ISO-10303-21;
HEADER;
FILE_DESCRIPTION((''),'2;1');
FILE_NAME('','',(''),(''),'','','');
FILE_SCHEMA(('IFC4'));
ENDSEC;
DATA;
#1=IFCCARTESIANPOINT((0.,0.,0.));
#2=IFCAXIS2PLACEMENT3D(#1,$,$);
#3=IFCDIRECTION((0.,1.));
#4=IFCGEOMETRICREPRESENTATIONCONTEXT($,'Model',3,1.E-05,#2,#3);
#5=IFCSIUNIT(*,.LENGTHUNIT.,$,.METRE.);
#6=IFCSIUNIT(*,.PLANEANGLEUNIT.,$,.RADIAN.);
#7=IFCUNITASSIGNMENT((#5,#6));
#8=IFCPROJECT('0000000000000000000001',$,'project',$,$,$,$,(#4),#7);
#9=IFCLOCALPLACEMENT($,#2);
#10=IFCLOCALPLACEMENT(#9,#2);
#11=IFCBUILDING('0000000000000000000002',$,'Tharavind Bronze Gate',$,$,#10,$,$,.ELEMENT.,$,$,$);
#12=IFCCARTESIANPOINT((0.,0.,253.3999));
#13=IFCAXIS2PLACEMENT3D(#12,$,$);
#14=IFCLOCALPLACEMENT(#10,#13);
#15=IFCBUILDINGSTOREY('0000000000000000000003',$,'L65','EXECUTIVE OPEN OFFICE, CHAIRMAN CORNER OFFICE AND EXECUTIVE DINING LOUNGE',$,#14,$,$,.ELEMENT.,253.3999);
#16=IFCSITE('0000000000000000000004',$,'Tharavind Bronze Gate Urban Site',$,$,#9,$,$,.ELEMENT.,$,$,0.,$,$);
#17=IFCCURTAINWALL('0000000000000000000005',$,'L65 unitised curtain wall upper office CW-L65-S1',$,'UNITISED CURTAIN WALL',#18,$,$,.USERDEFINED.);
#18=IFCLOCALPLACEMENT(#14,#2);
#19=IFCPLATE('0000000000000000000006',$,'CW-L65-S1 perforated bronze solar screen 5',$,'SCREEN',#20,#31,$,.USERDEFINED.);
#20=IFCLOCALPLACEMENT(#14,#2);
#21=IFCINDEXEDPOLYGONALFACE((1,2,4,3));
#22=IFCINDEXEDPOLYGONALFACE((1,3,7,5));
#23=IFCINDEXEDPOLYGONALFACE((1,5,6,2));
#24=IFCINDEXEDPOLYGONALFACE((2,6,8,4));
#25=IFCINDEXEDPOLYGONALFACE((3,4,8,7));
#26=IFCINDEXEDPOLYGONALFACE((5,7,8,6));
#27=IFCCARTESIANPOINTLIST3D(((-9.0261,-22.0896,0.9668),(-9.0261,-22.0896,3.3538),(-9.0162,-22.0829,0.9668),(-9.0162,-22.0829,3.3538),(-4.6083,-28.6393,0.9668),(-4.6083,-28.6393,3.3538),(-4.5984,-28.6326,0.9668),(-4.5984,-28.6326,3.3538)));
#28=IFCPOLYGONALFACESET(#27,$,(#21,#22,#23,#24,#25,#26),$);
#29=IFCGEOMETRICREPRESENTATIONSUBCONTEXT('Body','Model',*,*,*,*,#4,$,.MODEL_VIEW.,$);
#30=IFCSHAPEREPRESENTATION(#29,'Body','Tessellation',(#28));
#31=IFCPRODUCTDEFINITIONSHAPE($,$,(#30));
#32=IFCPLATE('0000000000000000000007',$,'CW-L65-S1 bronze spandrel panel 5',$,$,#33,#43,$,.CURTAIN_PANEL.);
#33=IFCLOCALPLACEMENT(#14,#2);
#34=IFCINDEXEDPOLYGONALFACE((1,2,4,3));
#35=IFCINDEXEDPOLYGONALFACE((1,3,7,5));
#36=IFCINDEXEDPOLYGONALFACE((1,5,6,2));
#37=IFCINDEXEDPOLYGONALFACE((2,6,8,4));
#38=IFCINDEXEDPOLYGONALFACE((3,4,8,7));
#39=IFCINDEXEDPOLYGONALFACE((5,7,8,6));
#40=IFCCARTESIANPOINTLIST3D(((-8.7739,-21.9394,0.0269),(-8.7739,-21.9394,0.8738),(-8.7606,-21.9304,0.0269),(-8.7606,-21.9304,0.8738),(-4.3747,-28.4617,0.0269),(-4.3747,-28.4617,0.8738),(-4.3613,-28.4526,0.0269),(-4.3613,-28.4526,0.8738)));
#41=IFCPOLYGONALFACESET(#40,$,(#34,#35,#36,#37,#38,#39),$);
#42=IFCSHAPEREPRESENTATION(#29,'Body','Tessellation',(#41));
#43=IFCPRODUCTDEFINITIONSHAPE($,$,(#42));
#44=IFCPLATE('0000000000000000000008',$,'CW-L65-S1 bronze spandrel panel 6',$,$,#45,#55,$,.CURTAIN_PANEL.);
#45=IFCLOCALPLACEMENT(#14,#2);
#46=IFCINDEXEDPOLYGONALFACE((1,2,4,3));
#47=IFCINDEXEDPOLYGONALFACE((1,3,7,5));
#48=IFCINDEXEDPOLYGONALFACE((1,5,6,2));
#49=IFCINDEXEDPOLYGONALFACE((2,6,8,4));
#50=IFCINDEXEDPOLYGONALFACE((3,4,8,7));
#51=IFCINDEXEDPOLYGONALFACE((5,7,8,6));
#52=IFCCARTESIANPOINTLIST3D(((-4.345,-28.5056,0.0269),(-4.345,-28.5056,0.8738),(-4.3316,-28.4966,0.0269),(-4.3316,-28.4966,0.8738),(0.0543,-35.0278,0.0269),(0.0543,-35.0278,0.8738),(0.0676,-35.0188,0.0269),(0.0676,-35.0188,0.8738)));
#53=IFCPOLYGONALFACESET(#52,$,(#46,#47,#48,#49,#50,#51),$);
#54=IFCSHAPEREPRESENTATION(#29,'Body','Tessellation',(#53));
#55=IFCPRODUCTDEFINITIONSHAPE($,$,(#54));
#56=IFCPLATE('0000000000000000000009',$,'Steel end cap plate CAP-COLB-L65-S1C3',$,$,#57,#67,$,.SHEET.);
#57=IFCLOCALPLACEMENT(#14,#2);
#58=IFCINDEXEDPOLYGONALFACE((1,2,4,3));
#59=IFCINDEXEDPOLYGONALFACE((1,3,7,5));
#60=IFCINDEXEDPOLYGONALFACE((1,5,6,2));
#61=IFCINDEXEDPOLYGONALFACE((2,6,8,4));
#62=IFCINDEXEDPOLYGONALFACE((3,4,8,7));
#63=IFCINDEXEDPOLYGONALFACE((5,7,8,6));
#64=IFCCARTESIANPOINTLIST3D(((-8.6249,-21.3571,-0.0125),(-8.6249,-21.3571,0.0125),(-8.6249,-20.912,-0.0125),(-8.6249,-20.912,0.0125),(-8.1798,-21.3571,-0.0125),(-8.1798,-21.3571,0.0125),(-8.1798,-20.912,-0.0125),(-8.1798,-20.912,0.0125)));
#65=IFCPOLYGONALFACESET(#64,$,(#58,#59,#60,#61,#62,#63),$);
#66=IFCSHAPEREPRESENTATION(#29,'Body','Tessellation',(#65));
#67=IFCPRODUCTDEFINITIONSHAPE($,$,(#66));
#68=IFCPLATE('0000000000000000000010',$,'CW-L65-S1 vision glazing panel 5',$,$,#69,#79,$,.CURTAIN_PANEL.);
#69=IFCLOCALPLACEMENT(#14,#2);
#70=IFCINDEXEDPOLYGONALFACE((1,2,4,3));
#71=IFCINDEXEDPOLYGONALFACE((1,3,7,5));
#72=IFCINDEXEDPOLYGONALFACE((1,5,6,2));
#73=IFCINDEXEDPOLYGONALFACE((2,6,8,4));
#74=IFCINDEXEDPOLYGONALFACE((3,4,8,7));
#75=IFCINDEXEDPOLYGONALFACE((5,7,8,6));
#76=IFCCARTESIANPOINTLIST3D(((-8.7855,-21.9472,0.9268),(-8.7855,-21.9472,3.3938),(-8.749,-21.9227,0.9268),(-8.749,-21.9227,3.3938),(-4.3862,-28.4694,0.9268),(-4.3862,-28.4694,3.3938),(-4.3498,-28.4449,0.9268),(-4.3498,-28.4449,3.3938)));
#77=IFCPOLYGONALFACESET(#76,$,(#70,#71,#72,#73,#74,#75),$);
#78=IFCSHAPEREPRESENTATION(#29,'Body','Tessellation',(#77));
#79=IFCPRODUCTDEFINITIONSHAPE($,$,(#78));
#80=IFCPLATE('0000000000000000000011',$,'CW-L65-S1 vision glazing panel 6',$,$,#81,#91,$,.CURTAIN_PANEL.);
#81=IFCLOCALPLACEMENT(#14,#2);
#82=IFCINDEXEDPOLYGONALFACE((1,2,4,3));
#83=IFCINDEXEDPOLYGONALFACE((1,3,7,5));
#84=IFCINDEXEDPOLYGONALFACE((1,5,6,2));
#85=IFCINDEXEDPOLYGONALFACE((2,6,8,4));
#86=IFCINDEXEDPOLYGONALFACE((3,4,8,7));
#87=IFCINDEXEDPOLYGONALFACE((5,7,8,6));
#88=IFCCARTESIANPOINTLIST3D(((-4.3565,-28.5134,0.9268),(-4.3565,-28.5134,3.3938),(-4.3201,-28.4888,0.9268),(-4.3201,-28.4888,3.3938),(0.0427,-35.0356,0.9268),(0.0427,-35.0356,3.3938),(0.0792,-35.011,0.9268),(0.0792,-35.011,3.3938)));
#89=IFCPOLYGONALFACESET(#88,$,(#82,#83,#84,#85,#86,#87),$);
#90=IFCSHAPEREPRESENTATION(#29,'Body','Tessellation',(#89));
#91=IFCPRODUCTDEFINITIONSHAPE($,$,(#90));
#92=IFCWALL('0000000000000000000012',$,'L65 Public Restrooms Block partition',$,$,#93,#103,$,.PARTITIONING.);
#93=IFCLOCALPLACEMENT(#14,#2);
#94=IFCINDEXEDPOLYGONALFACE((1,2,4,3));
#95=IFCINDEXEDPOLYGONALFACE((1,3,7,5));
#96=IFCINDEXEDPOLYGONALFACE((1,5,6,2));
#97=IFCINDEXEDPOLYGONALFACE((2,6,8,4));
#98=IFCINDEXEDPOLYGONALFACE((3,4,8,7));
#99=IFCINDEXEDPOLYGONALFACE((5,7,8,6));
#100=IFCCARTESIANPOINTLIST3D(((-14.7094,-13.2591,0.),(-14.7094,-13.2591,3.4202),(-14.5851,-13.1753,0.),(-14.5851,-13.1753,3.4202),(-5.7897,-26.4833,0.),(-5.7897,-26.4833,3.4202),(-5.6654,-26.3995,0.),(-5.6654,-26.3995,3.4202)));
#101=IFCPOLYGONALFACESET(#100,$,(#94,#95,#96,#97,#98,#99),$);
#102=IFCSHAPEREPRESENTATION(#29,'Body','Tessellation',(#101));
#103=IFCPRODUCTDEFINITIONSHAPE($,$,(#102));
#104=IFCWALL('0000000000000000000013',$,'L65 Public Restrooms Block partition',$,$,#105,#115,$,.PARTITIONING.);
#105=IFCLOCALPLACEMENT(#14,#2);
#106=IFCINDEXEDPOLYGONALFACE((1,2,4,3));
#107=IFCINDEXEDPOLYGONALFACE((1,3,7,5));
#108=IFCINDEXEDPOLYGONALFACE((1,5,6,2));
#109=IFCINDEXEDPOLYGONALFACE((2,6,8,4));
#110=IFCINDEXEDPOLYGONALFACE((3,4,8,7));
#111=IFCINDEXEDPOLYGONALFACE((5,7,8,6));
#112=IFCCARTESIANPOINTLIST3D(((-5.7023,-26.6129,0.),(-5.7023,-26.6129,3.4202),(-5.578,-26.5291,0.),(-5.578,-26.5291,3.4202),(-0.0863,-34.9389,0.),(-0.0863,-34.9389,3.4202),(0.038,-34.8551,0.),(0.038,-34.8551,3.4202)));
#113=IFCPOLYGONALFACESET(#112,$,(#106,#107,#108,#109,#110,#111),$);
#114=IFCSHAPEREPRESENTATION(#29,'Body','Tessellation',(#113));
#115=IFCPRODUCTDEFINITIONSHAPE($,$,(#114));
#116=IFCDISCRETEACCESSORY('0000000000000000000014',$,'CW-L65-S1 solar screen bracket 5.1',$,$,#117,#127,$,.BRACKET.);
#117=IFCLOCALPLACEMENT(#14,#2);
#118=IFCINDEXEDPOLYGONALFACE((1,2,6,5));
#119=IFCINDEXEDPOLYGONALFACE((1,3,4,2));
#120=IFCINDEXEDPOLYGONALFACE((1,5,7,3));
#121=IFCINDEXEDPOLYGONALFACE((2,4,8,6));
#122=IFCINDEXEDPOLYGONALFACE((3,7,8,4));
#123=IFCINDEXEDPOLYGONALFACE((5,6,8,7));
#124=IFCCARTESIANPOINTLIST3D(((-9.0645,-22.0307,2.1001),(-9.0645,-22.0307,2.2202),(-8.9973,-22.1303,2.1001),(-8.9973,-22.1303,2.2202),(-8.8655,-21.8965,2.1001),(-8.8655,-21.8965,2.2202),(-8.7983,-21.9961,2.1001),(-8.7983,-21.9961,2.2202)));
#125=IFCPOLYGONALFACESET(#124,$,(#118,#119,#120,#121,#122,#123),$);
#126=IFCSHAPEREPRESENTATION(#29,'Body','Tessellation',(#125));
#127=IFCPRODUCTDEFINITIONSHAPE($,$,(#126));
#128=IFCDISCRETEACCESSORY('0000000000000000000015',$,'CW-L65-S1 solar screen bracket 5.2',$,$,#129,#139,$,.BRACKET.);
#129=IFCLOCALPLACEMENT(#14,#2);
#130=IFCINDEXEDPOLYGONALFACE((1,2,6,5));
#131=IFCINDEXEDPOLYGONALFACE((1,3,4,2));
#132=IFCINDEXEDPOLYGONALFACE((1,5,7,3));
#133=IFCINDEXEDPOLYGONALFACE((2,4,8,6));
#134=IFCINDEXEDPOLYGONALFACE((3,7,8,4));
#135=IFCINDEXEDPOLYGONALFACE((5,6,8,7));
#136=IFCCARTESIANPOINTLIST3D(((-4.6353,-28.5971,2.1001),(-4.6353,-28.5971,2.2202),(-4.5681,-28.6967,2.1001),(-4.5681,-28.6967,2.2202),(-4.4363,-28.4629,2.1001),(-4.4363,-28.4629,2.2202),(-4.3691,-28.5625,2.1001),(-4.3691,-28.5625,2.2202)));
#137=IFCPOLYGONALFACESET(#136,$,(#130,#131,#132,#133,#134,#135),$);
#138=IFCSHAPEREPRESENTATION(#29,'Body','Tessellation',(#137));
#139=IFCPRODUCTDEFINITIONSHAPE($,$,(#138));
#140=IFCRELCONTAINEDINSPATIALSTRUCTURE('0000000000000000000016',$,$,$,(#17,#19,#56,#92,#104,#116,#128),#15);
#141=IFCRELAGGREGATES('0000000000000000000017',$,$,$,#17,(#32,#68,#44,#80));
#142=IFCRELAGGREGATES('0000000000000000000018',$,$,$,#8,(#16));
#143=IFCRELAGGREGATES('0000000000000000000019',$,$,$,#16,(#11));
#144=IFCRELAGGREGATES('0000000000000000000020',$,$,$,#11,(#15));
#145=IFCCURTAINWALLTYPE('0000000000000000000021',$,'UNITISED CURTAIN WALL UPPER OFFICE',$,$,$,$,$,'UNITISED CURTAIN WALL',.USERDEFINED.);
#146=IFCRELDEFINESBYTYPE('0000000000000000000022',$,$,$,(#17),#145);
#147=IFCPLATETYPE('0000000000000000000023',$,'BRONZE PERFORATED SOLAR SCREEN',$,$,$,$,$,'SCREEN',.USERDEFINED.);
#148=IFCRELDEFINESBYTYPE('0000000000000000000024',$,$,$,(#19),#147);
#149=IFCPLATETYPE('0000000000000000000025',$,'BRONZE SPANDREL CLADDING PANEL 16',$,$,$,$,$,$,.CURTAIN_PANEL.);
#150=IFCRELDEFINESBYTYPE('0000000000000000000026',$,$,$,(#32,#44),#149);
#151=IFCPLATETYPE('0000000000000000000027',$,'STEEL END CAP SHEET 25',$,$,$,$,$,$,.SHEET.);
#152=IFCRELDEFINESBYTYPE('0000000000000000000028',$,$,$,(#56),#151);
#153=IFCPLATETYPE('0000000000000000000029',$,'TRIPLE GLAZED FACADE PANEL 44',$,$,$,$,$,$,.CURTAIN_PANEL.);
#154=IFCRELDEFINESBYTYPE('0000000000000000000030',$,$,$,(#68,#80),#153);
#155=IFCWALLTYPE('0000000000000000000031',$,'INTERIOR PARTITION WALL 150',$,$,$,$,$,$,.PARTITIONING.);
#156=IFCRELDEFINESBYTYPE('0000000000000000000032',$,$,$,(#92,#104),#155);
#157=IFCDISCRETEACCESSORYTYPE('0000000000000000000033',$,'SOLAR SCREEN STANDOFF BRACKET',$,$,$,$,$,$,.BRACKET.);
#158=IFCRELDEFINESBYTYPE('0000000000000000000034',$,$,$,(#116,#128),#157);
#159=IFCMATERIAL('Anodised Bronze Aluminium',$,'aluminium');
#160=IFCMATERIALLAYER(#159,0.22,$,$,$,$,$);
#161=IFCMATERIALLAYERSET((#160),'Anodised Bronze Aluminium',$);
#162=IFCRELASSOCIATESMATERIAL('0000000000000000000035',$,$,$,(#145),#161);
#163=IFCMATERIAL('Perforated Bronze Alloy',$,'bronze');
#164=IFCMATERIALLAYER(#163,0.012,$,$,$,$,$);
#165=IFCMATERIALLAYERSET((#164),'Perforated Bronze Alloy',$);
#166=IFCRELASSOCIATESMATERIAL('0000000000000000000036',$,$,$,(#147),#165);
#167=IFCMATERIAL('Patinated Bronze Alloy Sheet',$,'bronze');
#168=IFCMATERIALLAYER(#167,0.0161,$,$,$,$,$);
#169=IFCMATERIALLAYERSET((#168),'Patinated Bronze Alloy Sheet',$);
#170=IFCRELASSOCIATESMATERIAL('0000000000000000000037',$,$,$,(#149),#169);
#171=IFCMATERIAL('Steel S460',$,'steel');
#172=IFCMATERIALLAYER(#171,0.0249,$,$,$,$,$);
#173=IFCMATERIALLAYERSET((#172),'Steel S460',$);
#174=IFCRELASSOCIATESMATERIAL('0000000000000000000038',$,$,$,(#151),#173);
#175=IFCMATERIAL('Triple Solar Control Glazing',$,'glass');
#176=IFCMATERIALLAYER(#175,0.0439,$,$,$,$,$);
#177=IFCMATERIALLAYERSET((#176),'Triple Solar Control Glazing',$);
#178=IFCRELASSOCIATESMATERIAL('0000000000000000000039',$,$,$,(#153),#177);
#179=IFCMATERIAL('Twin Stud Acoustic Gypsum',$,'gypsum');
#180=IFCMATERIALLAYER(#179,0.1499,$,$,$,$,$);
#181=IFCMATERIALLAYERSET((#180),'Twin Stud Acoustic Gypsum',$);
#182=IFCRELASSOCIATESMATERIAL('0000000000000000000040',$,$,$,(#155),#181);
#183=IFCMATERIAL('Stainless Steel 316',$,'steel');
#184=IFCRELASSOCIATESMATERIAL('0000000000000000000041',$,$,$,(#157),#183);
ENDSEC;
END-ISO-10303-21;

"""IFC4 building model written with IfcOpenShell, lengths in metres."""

from ifc_helpers import new_model, si_unit, direction, frame, frame_2d, origin, origin_2d, place, context, subcontext, project, spatial, rectangle, extrude, material, layer, layer_set, type_object, element, aggregate, save


model = new_model("IFC4")

# Units and contexts
model_context = context("Model", 3, precision=1e-05, world=origin(), true_north=direction((0.0, 1.0)))
body_context = subcontext(model_context, "Body", "Model", "MODEL_VIEW")
ifc_project = project(units=[si_unit("LENGTHUNIT", "METRE"), si_unit("PLANEANGLEUNIT", "RADIAN")], contexts=[model_context])

# Site, building, storey
site_placement = place(None, origin())
site = spatial("IfcSite", under=ifc_project, at=site_placement, Name="Tharavind Bronze Gate Urban Site", CompositionType="ELEMENT", RefElevation=0.0)
building_placement = place(site_placement, origin())
building = spatial("IfcBuilding", under=site, at=building_placement, Name="Tharavind Bronze Gate", CompositionType="ELEMENT")
storey_placement = place(building_placement, frame((0.0, 0.0, 253.3999)))
storey = spatial("IfcBuildingStorey", under=building, at=storey_placement, Name="L65", Description="EXECUTIVE OPEN OFFICE, CHAIRMAN CORNER OFFICE AND EXECUTIVE DINING LOUNGE", CompositionType="ELEMENT", Elevation=253.3999)

# Shared definitions
ifc_material_1 = material(Name="Steel S460", Category="steel")

# Curtain wall
ifc_material_2 = material(Name="Anodised Bronze Aluminium", Category="aluminium")
ifc_layer_1 = layer(ifc_material_2, 0.22)
ifc_layer_set_1 = layer_set([ifc_layer_1], Name="Anodised Bronze Aluminium")
curtain_wall_type = type_object("IfcCurtainWallType", Name="UNITISED CURTAIN WALL UPPER OFFICE", ElementType="UNITISED CURTAIN WALL", PredefinedType="USERDEFINED", material=ifc_layer_set_1)
curtain_wall_placement = place(storey_placement, origin())
curtain_wall = element("IfcCurtainWall", 1, at=curtain_wall_placement, inside=storey, type_object=curtain_wall_type, Name="L65 unitised curtain wall upper office CW-L65-S1", ObjectType="UNITISED CURTAIN WALL", PredefinedType="USERDEFINED")

# Plates
ifc_material_3 = material(Name="Perforated Bronze Alloy", Category="bronze")
ifc_layer_2 = layer(ifc_material_3, 0.012)
ifc_layer_set_2 = layer_set([ifc_layer_2], Name="Perforated Bronze Alloy")
plate_type_1 = type_object("IfcPlateType", Name="BRONZE PERFORATED SOLAR SCREEN", ElementType="SCREEN", PredefinedType="USERDEFINED", material=ifc_layer_set_2)
plate_1_placement = place(storey_placement, frame((-6.8123, -25.3611, 0.9668), z_axis=(0.0, 0.0, 1.0), x_axis=(0.559191, -0.829039, 0.0)))
element("IfcPlate", 2, at=plate_1_placement, inside=storey, type_object=plate_type_1, Name="CW-L65-S1 perforated bronze solar screen 5", ObjectType="SCREEN", PredefinedType="USERDEFINED", context=body_context, shape_type="SweptSolid", body=[
    extrude(rectangle(XDim=7.9004, YDim=0.012, at=origin_2d()), origin(), (0.0, 0.0, 1.0), 2.387),
])
ifc_material_4 = material(Name="Patinated Bronze Alloy Sheet", Category="bronze")
ifc_layer_3 = layer(ifc_material_4, 0.0161)
ifc_layer_set_3 = layer_set([ifc_layer_3], Name="Patinated Bronze Alloy Sheet")
plate_type_2 = type_object("IfcPlateType", Name="BRONZE SPANDREL CLADDING PANEL 16", PredefinedType="CURTAIN_PANEL", material=ifc_layer_set_3)
plate_2_placement = place(storey_placement, frame((-6.5676, -25.196, 0.0269), z_axis=(0.0, 0.0, 1.0), x_axis=(0.559191, -0.829039, 0.0)))
plate_2 = element("IfcPlate", 3, at=plate_2_placement, type_object=plate_type_2, Name="CW-L65-S1 bronze spandrel panel 5", PredefinedType="CURTAIN_PANEL", context=body_context, shape_type="SweptSolid", body=[
    extrude(rectangle(XDim=7.8672, YDim=0.0161, at=origin_2d()), origin(), (0.0, 0.0, 1.0), 0.8469),
])
plate_3_placement = place(storey_placement, frame((-2.1387, -31.7622, 0.0269), z_axis=(0.0, 0.0, 1.0), x_axis=(0.559191, -0.829039, 0.0)))
plate_3 = element("IfcPlate", 4, at=plate_3_placement, type_object=plate_type_2, Name="CW-L65-S1 bronze spandrel panel 6", PredefinedType="CURTAIN_PANEL", context=body_context, shape_type="SweptSolid", body=[
    extrude(rectangle(XDim=7.8672, YDim=0.0161, at=origin_2d()), origin(), (0.0, 0.0, 1.0), 0.8469),
])
ifc_layer_4 = layer(ifc_material_1, 0.0249)
ifc_layer_set_4 = layer_set([ifc_layer_4], Name="Steel S460")
plate_type_3 = type_object("IfcPlateType", Name="STEEL END CAP SHEET 25", PredefinedType="SHEET", material=ifc_layer_set_4)
plate_4_placement = place(storey_placement, frame((-8.4023, -21.1345, -0.0125), z_axis=(0.0, 0.0, 1.0), x_axis=(1.0, 0.0, 0.0)))
element("IfcPlate", 5, at=plate_4_placement, inside=storey, type_object=plate_type_3, Name="Steel end cap plate CAP-COLB-L65-S1C3", PredefinedType="SHEET", context=body_context, shape_type="SweptSolid", body=[
    extrude(rectangle(XDim=0.4451, YDim=0.4451, at=origin_2d()), origin(), (0.0, 0.0, 1.0), 0.0249),
])
ifc_material_5 = material(Name="Triple Solar Control Glazing", Category="glass")
ifc_layer_5 = layer(ifc_material_5, 0.0439)
ifc_layer_set_5 = layer_set([ifc_layer_5], Name="Triple Solar Control Glazing")
plate_type_4 = type_object("IfcPlateType", Name="TRIPLE GLAZED FACADE PANEL 44", PredefinedType="CURTAIN_PANEL", material=ifc_layer_set_5)
plate_5_placement = place(storey_placement, frame((-6.5676, -25.196, 0.9268), z_axis=(0.0, 0.0, 1.0), x_axis=(0.559191, -0.829039, 0.0)))
plate_5 = element("IfcPlate", 6, at=plate_5_placement, type_object=plate_type_4, Name="CW-L65-S1 vision glazing panel 5", PredefinedType="CURTAIN_PANEL", context=body_context, shape_type="SweptSolid", body=[
    extrude(rectangle(XDim=7.8672, YDim=0.0439, at=origin_2d()), origin(), (0.0, 0.0, 1.0), 2.467),
])
plate_6_placement = place(storey_placement, frame((-2.1387, -31.7622, 0.9268), z_axis=(0.0, 0.0, 1.0), x_axis=(0.559191, -0.829039, 0.0)))
plate_6 = element("IfcPlate", 7, at=plate_6_placement, type_object=plate_type_4, Name="CW-L65-S1 vision glazing panel 6", PredefinedType="CURTAIN_PANEL", context=body_context, shape_type="SweptSolid", body=[
    extrude(rectangle(XDim=7.8672, YDim=0.0439, at=origin_2d()), origin(), (0.0, 0.0, 1.0), 2.467),
])
aggregate(curtain_wall, [plate_2, plate_5, plate_3, plate_6])

# Walls
ifc_material_6 = material(Name="Twin Stud Acoustic Gypsum", Category="gypsum")
ifc_layer_6 = layer(ifc_material_6, 0.1499)
ifc_layer_set_6 = layer_set([ifc_layer_6], Name="Twin Stud Acoustic Gypsum")
wall_type = type_object("IfcWallType", Name="INTERIOR PARTITION WALL 150", PredefinedType="PARTITIONING", material=ifc_layer_set_6)
wall_1_placement = place(storey_placement, frame((-5.7275, -26.4414, 0.0), z_axis=(0.0, 0.0, 1.0), x_axis=(-0.559188, 0.829041, 0.0)))
element("IfcWall", 8, at=wall_1_placement, inside=storey, type_object=wall_type, Name="L65 Public Restrooms Block partition", PredefinedType="PARTITIONING", context=body_context, shape_type="SweptSolid", body=[
    extrude(rectangle(XDim=15.9512, YDim=0.1499, at=frame_2d((7.9756, 0.0))), origin(), (0.0, 0.0, 1.0), 3.4202),
])
wall_2_placement = place(storey_placement, frame((-0.0242, -34.897, 0.0), z_axis=(0.0, 0.0, 1.0), x_axis=(-0.559197, 0.829035, 0.0)))
element("IfcWall", 9, at=wall_2_placement, inside=storey, type_object=wall_type, Name="L65 Public Restrooms Block partition", PredefinedType="PARTITIONING", context=body_context, shape_type="SweptSolid", body=[
    extrude(rectangle(XDim=10.043, YDim=0.1499, at=frame_2d((5.0215, 0.0))), origin(), (0.0, 0.0, 1.0), 3.4202),
])

# Discrete accessories
ifc_material_7 = material(Name="Stainless Steel 316", Category="steel")
discrete_accessory_type = type_object("IfcDiscreteAccessoryType", Name="SOLAR SCREEN STANDOFF BRACKET", PredefinedType="BRACKET", material=ifc_material_7)
for number, where, z_axis, x_axis, name in (
    (10, (-8.9314, -22.0134, 2.1001), (0.0, 0.0, 1.0), (0.559191, -0.829039, 0.0), "CW-L65-S1 solar screen bracket 5.1"),
    (11, (-4.5022, -28.5798, 2.1001), (0.0, 0.0, 1.0), (0.559191, -0.829039, 0.0), "CW-L65-S1 solar screen bracket 5.2"),
):
    element("IfcDiscreteAccessory", number, at=place(storey_placement, frame(where, z_axis=z_axis, x_axis=x_axis)), inside=storey, type_object=discrete_accessory_type, Name=name, PredefinedType="BRACKET", context=body_context, shape_type="SweptSolid", body=[
        extrude(rectangle(XDim=0.1201, YDim=0.24, at=origin_2d()), origin(), (0.0, 0.0, 1.0), 0.1201),
    ])

save(model, "model.ifc")
